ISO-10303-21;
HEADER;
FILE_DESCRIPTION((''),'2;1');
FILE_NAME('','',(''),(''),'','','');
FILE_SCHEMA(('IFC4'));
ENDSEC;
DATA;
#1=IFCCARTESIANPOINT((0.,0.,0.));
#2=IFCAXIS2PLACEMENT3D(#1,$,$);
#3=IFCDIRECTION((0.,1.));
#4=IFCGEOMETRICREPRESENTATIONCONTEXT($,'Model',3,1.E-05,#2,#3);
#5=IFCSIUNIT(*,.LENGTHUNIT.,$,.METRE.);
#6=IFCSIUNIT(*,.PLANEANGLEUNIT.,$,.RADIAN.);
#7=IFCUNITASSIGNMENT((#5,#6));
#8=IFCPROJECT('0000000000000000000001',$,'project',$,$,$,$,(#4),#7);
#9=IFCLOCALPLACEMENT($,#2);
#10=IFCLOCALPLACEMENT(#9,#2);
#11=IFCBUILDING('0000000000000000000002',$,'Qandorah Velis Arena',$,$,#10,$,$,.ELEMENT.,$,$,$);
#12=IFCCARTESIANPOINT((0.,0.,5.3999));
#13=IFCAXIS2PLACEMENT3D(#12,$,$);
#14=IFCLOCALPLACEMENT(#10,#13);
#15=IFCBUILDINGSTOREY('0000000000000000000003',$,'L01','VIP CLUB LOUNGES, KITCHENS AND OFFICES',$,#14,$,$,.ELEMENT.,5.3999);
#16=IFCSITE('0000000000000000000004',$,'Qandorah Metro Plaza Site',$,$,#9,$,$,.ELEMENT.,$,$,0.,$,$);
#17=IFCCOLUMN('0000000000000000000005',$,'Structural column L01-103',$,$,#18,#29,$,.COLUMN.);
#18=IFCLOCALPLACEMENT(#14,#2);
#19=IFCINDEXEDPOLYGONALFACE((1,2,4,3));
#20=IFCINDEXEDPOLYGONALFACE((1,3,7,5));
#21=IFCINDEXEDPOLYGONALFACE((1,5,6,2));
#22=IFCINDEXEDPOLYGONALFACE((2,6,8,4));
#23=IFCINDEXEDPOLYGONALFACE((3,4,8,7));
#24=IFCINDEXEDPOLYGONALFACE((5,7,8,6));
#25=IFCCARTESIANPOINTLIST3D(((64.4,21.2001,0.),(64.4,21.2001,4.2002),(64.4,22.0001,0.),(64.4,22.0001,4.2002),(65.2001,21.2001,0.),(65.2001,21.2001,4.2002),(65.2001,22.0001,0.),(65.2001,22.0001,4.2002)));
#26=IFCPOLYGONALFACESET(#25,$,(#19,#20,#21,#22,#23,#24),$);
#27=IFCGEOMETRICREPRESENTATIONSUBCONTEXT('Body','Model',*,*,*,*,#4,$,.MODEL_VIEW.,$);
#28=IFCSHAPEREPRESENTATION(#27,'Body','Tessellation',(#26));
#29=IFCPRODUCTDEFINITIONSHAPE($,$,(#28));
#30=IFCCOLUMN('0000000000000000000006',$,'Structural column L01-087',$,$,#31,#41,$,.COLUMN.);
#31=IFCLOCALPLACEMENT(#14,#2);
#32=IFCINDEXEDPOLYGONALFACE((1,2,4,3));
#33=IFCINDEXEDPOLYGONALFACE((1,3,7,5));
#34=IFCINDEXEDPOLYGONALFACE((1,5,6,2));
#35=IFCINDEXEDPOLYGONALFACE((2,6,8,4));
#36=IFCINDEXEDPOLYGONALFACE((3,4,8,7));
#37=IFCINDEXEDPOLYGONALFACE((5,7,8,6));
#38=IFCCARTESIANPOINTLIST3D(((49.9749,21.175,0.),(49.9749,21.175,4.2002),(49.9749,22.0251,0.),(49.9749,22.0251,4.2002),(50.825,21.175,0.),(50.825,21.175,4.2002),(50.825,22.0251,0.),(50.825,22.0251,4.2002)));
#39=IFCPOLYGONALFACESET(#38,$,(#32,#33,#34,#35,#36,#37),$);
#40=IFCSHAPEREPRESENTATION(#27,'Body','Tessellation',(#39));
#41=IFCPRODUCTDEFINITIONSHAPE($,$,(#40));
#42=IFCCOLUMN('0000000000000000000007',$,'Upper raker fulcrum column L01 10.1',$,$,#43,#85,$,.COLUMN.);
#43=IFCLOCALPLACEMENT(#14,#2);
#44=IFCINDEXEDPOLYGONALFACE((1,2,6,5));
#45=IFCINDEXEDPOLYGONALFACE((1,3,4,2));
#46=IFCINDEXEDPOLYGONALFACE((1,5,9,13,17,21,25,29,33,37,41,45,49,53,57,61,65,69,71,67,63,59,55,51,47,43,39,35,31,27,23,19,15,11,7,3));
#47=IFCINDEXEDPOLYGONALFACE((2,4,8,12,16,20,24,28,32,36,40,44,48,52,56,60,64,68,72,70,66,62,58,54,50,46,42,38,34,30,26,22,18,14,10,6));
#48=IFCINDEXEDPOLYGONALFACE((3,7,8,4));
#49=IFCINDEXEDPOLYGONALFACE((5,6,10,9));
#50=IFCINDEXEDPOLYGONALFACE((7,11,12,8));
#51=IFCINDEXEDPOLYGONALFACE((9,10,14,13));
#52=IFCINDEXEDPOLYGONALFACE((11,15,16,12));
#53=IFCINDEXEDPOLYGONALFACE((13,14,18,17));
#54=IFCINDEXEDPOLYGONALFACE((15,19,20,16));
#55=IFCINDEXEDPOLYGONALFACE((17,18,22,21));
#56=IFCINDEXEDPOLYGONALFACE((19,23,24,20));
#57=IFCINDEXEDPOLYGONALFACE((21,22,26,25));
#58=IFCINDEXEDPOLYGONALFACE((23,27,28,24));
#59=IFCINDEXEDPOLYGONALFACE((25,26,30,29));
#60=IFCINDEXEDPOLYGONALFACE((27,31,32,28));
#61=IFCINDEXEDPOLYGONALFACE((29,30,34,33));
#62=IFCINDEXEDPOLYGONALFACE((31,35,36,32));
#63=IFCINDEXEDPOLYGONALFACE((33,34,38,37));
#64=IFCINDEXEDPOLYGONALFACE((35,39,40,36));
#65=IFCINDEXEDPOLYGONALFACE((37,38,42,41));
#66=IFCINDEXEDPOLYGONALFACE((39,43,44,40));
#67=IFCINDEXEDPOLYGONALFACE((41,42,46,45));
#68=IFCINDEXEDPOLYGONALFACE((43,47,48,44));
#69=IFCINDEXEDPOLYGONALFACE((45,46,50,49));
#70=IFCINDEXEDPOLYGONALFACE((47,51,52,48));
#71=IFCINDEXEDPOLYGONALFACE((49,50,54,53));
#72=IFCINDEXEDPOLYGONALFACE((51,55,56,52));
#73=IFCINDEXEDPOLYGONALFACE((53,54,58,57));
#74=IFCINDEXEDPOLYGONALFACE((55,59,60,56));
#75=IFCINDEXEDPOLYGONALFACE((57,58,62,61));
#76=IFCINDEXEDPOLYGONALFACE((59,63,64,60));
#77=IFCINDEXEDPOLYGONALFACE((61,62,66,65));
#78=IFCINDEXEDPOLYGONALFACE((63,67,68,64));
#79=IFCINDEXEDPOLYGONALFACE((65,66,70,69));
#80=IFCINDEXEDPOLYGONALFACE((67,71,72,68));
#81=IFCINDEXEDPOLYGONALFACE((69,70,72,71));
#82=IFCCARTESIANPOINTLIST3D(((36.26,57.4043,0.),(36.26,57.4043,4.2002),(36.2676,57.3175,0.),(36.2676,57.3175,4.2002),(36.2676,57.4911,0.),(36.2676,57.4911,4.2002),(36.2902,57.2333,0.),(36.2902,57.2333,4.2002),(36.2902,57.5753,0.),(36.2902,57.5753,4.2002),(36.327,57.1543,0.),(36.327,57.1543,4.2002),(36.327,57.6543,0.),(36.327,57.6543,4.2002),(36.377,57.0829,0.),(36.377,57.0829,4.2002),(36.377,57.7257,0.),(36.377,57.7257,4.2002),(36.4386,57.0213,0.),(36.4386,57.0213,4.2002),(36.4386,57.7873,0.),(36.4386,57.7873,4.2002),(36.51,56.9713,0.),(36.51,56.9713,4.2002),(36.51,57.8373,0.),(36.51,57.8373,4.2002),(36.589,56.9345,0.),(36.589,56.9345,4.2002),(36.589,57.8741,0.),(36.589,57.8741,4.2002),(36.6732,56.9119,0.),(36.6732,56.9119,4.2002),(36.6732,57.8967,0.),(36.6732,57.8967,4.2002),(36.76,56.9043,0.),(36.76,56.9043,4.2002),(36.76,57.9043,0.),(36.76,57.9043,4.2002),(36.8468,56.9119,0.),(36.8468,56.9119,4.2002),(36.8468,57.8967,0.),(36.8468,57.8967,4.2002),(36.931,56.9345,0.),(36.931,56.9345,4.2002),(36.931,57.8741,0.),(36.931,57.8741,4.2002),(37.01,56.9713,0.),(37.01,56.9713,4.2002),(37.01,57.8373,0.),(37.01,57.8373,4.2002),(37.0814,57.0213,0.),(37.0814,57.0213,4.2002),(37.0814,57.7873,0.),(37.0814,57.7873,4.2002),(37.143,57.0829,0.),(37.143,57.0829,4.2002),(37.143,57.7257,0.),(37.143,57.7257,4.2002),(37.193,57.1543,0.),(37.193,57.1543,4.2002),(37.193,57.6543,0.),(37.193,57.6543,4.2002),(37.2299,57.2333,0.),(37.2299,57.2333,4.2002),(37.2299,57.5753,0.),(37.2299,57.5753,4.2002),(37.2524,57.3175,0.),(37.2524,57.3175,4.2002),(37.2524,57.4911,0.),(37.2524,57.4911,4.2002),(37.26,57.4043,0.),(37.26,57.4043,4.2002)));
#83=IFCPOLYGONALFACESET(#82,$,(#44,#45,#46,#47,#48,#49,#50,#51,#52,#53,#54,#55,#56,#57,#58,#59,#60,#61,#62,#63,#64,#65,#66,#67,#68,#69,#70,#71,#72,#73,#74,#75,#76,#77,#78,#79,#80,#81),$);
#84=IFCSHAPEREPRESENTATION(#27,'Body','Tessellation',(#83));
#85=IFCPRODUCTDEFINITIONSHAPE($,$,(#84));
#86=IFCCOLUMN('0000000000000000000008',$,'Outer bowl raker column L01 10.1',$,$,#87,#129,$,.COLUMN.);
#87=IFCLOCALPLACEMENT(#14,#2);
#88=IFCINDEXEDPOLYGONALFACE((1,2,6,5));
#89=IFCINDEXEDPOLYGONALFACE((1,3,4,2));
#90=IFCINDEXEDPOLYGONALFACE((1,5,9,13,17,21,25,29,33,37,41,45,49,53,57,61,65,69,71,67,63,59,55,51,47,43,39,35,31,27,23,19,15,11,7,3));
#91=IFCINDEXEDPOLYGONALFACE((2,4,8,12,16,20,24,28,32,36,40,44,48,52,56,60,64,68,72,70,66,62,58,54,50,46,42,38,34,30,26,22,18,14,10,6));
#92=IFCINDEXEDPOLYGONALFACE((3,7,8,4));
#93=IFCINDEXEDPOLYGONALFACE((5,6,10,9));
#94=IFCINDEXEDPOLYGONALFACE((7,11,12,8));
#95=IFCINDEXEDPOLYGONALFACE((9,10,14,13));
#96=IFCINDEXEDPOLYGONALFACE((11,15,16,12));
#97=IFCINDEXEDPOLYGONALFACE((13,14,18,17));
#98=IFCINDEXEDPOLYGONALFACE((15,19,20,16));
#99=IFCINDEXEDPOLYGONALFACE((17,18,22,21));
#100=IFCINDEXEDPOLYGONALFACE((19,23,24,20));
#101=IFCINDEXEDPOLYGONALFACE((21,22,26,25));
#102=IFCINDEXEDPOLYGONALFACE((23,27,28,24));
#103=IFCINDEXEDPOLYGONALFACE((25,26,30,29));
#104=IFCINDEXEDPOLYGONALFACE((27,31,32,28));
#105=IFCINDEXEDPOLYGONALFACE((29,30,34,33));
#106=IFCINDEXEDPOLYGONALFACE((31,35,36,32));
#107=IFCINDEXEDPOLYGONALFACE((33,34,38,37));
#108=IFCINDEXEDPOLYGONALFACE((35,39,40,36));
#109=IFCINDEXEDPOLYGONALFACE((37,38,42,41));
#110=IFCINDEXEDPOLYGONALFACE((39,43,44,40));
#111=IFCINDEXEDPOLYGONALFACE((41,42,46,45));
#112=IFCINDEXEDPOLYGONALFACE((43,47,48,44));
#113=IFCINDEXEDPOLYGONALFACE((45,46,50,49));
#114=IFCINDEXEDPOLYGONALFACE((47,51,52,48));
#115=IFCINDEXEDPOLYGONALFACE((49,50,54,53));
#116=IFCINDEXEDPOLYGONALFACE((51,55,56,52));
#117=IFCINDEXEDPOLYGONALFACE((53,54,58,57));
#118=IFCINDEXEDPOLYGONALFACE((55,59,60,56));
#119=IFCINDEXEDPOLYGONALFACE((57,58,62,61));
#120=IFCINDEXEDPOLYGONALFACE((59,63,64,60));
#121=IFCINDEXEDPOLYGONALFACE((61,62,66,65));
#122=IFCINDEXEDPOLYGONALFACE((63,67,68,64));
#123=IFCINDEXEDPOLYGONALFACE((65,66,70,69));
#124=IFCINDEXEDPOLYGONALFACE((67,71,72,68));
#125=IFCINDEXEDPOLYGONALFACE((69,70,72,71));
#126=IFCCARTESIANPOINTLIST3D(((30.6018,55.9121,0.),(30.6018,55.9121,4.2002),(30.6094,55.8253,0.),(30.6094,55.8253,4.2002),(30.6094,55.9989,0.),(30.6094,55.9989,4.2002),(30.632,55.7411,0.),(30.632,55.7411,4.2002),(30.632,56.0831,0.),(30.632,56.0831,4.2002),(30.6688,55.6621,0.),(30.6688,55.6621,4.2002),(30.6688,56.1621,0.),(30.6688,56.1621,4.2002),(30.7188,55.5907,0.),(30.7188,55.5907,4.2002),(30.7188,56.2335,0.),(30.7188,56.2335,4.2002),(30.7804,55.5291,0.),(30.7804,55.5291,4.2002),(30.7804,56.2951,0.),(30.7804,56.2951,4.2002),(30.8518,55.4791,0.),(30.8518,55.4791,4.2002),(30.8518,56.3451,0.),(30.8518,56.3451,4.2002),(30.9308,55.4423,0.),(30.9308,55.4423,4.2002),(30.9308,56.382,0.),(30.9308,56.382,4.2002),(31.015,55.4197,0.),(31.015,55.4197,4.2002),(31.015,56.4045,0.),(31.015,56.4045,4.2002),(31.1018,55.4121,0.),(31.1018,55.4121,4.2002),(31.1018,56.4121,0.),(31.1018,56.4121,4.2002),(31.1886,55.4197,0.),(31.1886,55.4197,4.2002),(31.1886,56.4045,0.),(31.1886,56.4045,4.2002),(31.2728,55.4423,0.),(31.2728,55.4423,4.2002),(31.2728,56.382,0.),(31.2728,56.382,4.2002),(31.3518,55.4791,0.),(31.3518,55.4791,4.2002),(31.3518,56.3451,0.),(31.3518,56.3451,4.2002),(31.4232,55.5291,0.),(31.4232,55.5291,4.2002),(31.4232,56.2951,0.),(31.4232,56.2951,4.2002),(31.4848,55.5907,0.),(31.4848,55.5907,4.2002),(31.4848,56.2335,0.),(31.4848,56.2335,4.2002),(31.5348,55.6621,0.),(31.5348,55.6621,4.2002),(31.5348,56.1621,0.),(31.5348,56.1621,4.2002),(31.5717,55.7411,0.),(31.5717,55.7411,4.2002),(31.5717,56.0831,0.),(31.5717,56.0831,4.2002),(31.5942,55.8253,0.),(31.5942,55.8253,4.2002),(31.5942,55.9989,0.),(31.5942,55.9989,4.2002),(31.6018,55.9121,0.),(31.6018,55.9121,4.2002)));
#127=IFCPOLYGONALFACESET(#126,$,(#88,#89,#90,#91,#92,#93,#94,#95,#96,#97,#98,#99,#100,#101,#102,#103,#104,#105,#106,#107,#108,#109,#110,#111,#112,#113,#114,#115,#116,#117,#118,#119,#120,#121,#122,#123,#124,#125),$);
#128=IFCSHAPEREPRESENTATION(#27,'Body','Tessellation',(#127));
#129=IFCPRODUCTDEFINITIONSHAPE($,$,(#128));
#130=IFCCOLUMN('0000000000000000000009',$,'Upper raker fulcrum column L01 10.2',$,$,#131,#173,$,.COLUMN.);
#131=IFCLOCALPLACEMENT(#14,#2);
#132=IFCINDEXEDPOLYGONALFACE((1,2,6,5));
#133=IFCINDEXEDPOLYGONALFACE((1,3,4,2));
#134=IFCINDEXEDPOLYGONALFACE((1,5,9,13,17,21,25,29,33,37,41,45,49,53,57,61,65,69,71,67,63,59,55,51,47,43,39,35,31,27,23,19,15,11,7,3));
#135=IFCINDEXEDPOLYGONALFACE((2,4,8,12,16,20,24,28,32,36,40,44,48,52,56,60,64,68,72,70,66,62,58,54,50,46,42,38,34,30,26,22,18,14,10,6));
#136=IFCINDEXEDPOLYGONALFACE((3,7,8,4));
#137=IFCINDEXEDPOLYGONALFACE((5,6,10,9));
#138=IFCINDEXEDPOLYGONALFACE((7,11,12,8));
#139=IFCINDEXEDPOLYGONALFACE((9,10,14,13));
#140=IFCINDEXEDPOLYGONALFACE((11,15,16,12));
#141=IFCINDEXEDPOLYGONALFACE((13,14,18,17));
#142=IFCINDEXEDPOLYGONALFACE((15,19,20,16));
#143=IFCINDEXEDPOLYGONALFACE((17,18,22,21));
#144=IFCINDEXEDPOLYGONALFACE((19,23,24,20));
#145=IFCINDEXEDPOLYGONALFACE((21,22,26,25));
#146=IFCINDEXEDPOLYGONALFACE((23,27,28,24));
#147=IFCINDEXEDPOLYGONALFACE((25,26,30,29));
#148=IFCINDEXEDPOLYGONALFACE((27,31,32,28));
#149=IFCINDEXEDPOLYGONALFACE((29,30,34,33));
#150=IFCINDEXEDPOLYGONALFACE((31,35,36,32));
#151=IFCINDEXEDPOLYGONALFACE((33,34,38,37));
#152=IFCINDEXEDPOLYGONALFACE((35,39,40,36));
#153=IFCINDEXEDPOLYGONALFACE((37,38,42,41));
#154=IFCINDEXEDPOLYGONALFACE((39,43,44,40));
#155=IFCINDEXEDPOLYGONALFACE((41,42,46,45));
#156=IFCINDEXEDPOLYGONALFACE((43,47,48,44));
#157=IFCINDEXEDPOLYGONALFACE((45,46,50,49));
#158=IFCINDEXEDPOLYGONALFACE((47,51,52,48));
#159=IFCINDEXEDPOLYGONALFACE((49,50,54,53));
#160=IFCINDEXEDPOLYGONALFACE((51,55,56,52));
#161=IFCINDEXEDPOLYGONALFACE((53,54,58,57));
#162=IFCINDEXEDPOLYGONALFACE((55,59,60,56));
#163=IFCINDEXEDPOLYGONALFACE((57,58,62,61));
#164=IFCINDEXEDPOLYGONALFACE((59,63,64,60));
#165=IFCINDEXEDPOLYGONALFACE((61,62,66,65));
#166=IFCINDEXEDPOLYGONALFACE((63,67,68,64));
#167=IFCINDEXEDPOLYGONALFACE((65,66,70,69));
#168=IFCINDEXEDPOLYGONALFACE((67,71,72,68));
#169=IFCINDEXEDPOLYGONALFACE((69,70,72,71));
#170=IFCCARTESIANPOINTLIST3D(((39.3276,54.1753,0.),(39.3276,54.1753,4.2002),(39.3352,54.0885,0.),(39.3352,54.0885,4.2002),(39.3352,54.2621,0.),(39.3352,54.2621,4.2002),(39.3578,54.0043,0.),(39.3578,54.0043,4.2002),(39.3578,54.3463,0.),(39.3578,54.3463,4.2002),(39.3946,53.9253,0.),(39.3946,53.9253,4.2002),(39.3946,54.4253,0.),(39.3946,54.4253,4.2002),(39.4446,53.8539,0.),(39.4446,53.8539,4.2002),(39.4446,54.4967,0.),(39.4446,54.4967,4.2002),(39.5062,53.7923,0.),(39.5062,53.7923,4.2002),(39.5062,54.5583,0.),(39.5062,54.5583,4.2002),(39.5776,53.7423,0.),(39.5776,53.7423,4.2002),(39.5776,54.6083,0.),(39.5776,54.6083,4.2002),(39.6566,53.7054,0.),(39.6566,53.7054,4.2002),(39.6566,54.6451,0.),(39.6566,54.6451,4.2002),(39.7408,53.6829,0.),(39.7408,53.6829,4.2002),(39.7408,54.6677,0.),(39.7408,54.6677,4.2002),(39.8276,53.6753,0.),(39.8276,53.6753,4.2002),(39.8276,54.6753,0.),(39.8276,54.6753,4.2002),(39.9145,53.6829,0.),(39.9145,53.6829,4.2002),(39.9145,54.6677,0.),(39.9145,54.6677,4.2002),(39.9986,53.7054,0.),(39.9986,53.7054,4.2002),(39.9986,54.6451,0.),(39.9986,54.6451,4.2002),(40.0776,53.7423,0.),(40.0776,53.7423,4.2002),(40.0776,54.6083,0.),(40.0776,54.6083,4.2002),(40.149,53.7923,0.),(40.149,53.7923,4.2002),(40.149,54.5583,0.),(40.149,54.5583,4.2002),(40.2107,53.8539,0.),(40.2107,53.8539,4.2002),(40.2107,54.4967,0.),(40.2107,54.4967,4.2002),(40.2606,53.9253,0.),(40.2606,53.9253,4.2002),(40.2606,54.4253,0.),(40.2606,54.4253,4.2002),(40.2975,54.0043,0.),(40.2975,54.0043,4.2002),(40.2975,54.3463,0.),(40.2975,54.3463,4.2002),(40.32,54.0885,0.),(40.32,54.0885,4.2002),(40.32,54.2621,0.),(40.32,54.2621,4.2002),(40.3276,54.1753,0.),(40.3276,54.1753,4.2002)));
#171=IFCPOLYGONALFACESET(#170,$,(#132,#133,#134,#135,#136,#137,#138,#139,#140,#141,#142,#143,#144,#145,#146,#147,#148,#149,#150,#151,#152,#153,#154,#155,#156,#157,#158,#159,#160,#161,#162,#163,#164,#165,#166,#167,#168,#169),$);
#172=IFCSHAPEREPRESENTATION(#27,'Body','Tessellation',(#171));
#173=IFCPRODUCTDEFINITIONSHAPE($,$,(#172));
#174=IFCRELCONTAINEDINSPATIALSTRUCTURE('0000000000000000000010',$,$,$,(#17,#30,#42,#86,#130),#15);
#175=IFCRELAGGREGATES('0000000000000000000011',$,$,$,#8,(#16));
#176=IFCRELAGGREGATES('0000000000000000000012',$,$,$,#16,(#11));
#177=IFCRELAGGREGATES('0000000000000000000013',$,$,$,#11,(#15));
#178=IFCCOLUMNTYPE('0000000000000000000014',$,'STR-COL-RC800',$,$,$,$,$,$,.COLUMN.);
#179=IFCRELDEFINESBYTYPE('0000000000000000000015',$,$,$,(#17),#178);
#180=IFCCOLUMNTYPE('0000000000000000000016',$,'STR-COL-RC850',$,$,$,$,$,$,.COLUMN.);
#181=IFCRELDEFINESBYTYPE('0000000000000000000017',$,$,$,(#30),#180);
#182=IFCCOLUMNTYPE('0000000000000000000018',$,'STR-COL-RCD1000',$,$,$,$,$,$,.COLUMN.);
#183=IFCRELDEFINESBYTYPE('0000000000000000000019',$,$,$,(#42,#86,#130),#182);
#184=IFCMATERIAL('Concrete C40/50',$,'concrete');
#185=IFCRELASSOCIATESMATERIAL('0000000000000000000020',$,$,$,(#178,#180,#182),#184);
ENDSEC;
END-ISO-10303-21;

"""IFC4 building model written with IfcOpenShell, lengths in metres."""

from ifc_helpers import new_model, si_unit, direction, frame, origin, origin_2d, place, context, subcontext, project, spatial, rectangle, circle, extrude, material, material_profile, profile_set, type_object, element, save


model = new_model("IFC4")

# Units and contexts
model_context = context("Model", 3, precision=1e-05, world=origin(), true_north=direction((0.0, 1.0)))
body_context = subcontext(model_context, "Body", "Model", "MODEL_VIEW")
ifc_project = project(units=[si_unit("LENGTHUNIT", "METRE"), si_unit("PLANEANGLEUNIT", "RADIAN")], contexts=[model_context])

# Site, building, storey
site_placement = place(None, origin())
site = spatial("IfcSite", under=ifc_project, at=site_placement, Name="Qandorah Metro Plaza Site", CompositionType="ELEMENT", RefElevation=0.0)
building_placement = place(site_placement, origin())
building = spatial("IfcBuilding", under=site, at=building_placement, Name="Qandorah Velis Arena", CompositionType="ELEMENT")
storey_placement = place(building_placement, frame((0.0, 0.0, 5.3999)))
storey = spatial("IfcBuildingStorey", under=building, at=storey_placement, Name="L01", Description="VIP CLUB LOUNGES, KITCHENS AND OFFICES", CompositionType="ELEMENT", Elevation=5.3999)

# Columns
ifc_material_1 = material(Name="Concrete C40/50", Category="concrete")
ifc_material_profile_1 = material_profile(ifc_material_1, rectangle(XDim=0.8, YDim=0.8, at=origin_2d()), Name="RC COL 800x800")
ifc_profile_set_1 = profile_set([ifc_material_profile_1], Name="Concrete C40/50")
column_type_1 = type_object("IfcColumnType", Name="STR-COL-RC800", PredefinedType="COLUMN", material=ifc_profile_set_1)
column_1_placement = place(storey_placement, frame((64.8, 21.6001, 0.0), z_axis=(0.0, 0.0, 1.0), x_axis=(1.0, 0.0, 0.0)))
element("IfcColumn", 1, at=column_1_placement, inside=storey, type_object=column_type_1, Name="Structural column L01-103", PredefinedType="COLUMN", context=body_context, shape_type="SweptSolid", body=[
    extrude(rectangle(XDim=0.8, YDim=0.8, at=origin_2d()), origin(), (0.0, 0.0, 1.0), 4.2002),
])
ifc_material_profile_2 = material_profile(ifc_material_1, rectangle(XDim=0.8501, YDim=0.8501, at=origin_2d()), Name="RC COL 850x850")
ifc_profile_set_2 = profile_set([ifc_material_profile_2], Name="Concrete C40/50")
column_type_2 = type_object("IfcColumnType", Name="STR-COL-RC850", PredefinedType="COLUMN", material=ifc_profile_set_2)
column_2_placement = place(storey_placement, frame((50.3999, 21.6001, 0.0), z_axis=(0.0, 0.0, 1.0), x_axis=(1.0, 0.0, 0.0)))
element("IfcColumn", 2, at=column_2_placement, inside=storey, type_object=column_type_2, Name="Structural column L01-087", PredefinedType="COLUMN", context=body_context, shape_type="SweptSolid", body=[
    extrude(rectangle(XDim=0.8501, YDim=0.8501, at=origin_2d()), origin(), (0.0, 0.0, 1.0), 4.2002),
])
ifc_material_profile_3 = material_profile(ifc_material_1, circle(Radius=0.5, at=origin_2d()), Name="RC D1000")
ifc_profile_set_3 = profile_set([ifc_material_profile_3], Name="Concrete C40/50")
column_type_3 = type_object("IfcColumnType", Name="STR-COL-RCD1000", PredefinedType="COLUMN", material=ifc_profile_set_3)
for number, where, z_axis, x_axis, name in (
    (3, (36.76, 57.4043, 0.0), (0.0, 0.0, 1.0), (1.0, 0.0, 0.0), "Upper raker fulcrum column L01 10.1"),
    (4, (31.1018, 55.9121, 0.0), (0.0, 0.0, 1.0), (1.0, 0.0, 0.0), "Outer bowl raker column L01 10.1"),
    (5, (39.8276, 54.1753, 0.0), (0.0, 0.0, 1.0), (1.0, 0.0, 0.0), "Upper raker fulcrum column L01 10.2"),
):
    element("IfcColumn", number, at=place(storey_placement, frame(where, z_axis=z_axis, x_axis=x_axis)), inside=storey, type_object=column_type_3, Name=name, PredefinedType="COLUMN", context=body_context, shape_type="SweptSolid", body=[
        extrude(circle(Radius=0.5, at=origin_2d()), origin(), (0.0, 0.0, 1.0), 4.2002),
    ])

save(model, "model.ifc")
